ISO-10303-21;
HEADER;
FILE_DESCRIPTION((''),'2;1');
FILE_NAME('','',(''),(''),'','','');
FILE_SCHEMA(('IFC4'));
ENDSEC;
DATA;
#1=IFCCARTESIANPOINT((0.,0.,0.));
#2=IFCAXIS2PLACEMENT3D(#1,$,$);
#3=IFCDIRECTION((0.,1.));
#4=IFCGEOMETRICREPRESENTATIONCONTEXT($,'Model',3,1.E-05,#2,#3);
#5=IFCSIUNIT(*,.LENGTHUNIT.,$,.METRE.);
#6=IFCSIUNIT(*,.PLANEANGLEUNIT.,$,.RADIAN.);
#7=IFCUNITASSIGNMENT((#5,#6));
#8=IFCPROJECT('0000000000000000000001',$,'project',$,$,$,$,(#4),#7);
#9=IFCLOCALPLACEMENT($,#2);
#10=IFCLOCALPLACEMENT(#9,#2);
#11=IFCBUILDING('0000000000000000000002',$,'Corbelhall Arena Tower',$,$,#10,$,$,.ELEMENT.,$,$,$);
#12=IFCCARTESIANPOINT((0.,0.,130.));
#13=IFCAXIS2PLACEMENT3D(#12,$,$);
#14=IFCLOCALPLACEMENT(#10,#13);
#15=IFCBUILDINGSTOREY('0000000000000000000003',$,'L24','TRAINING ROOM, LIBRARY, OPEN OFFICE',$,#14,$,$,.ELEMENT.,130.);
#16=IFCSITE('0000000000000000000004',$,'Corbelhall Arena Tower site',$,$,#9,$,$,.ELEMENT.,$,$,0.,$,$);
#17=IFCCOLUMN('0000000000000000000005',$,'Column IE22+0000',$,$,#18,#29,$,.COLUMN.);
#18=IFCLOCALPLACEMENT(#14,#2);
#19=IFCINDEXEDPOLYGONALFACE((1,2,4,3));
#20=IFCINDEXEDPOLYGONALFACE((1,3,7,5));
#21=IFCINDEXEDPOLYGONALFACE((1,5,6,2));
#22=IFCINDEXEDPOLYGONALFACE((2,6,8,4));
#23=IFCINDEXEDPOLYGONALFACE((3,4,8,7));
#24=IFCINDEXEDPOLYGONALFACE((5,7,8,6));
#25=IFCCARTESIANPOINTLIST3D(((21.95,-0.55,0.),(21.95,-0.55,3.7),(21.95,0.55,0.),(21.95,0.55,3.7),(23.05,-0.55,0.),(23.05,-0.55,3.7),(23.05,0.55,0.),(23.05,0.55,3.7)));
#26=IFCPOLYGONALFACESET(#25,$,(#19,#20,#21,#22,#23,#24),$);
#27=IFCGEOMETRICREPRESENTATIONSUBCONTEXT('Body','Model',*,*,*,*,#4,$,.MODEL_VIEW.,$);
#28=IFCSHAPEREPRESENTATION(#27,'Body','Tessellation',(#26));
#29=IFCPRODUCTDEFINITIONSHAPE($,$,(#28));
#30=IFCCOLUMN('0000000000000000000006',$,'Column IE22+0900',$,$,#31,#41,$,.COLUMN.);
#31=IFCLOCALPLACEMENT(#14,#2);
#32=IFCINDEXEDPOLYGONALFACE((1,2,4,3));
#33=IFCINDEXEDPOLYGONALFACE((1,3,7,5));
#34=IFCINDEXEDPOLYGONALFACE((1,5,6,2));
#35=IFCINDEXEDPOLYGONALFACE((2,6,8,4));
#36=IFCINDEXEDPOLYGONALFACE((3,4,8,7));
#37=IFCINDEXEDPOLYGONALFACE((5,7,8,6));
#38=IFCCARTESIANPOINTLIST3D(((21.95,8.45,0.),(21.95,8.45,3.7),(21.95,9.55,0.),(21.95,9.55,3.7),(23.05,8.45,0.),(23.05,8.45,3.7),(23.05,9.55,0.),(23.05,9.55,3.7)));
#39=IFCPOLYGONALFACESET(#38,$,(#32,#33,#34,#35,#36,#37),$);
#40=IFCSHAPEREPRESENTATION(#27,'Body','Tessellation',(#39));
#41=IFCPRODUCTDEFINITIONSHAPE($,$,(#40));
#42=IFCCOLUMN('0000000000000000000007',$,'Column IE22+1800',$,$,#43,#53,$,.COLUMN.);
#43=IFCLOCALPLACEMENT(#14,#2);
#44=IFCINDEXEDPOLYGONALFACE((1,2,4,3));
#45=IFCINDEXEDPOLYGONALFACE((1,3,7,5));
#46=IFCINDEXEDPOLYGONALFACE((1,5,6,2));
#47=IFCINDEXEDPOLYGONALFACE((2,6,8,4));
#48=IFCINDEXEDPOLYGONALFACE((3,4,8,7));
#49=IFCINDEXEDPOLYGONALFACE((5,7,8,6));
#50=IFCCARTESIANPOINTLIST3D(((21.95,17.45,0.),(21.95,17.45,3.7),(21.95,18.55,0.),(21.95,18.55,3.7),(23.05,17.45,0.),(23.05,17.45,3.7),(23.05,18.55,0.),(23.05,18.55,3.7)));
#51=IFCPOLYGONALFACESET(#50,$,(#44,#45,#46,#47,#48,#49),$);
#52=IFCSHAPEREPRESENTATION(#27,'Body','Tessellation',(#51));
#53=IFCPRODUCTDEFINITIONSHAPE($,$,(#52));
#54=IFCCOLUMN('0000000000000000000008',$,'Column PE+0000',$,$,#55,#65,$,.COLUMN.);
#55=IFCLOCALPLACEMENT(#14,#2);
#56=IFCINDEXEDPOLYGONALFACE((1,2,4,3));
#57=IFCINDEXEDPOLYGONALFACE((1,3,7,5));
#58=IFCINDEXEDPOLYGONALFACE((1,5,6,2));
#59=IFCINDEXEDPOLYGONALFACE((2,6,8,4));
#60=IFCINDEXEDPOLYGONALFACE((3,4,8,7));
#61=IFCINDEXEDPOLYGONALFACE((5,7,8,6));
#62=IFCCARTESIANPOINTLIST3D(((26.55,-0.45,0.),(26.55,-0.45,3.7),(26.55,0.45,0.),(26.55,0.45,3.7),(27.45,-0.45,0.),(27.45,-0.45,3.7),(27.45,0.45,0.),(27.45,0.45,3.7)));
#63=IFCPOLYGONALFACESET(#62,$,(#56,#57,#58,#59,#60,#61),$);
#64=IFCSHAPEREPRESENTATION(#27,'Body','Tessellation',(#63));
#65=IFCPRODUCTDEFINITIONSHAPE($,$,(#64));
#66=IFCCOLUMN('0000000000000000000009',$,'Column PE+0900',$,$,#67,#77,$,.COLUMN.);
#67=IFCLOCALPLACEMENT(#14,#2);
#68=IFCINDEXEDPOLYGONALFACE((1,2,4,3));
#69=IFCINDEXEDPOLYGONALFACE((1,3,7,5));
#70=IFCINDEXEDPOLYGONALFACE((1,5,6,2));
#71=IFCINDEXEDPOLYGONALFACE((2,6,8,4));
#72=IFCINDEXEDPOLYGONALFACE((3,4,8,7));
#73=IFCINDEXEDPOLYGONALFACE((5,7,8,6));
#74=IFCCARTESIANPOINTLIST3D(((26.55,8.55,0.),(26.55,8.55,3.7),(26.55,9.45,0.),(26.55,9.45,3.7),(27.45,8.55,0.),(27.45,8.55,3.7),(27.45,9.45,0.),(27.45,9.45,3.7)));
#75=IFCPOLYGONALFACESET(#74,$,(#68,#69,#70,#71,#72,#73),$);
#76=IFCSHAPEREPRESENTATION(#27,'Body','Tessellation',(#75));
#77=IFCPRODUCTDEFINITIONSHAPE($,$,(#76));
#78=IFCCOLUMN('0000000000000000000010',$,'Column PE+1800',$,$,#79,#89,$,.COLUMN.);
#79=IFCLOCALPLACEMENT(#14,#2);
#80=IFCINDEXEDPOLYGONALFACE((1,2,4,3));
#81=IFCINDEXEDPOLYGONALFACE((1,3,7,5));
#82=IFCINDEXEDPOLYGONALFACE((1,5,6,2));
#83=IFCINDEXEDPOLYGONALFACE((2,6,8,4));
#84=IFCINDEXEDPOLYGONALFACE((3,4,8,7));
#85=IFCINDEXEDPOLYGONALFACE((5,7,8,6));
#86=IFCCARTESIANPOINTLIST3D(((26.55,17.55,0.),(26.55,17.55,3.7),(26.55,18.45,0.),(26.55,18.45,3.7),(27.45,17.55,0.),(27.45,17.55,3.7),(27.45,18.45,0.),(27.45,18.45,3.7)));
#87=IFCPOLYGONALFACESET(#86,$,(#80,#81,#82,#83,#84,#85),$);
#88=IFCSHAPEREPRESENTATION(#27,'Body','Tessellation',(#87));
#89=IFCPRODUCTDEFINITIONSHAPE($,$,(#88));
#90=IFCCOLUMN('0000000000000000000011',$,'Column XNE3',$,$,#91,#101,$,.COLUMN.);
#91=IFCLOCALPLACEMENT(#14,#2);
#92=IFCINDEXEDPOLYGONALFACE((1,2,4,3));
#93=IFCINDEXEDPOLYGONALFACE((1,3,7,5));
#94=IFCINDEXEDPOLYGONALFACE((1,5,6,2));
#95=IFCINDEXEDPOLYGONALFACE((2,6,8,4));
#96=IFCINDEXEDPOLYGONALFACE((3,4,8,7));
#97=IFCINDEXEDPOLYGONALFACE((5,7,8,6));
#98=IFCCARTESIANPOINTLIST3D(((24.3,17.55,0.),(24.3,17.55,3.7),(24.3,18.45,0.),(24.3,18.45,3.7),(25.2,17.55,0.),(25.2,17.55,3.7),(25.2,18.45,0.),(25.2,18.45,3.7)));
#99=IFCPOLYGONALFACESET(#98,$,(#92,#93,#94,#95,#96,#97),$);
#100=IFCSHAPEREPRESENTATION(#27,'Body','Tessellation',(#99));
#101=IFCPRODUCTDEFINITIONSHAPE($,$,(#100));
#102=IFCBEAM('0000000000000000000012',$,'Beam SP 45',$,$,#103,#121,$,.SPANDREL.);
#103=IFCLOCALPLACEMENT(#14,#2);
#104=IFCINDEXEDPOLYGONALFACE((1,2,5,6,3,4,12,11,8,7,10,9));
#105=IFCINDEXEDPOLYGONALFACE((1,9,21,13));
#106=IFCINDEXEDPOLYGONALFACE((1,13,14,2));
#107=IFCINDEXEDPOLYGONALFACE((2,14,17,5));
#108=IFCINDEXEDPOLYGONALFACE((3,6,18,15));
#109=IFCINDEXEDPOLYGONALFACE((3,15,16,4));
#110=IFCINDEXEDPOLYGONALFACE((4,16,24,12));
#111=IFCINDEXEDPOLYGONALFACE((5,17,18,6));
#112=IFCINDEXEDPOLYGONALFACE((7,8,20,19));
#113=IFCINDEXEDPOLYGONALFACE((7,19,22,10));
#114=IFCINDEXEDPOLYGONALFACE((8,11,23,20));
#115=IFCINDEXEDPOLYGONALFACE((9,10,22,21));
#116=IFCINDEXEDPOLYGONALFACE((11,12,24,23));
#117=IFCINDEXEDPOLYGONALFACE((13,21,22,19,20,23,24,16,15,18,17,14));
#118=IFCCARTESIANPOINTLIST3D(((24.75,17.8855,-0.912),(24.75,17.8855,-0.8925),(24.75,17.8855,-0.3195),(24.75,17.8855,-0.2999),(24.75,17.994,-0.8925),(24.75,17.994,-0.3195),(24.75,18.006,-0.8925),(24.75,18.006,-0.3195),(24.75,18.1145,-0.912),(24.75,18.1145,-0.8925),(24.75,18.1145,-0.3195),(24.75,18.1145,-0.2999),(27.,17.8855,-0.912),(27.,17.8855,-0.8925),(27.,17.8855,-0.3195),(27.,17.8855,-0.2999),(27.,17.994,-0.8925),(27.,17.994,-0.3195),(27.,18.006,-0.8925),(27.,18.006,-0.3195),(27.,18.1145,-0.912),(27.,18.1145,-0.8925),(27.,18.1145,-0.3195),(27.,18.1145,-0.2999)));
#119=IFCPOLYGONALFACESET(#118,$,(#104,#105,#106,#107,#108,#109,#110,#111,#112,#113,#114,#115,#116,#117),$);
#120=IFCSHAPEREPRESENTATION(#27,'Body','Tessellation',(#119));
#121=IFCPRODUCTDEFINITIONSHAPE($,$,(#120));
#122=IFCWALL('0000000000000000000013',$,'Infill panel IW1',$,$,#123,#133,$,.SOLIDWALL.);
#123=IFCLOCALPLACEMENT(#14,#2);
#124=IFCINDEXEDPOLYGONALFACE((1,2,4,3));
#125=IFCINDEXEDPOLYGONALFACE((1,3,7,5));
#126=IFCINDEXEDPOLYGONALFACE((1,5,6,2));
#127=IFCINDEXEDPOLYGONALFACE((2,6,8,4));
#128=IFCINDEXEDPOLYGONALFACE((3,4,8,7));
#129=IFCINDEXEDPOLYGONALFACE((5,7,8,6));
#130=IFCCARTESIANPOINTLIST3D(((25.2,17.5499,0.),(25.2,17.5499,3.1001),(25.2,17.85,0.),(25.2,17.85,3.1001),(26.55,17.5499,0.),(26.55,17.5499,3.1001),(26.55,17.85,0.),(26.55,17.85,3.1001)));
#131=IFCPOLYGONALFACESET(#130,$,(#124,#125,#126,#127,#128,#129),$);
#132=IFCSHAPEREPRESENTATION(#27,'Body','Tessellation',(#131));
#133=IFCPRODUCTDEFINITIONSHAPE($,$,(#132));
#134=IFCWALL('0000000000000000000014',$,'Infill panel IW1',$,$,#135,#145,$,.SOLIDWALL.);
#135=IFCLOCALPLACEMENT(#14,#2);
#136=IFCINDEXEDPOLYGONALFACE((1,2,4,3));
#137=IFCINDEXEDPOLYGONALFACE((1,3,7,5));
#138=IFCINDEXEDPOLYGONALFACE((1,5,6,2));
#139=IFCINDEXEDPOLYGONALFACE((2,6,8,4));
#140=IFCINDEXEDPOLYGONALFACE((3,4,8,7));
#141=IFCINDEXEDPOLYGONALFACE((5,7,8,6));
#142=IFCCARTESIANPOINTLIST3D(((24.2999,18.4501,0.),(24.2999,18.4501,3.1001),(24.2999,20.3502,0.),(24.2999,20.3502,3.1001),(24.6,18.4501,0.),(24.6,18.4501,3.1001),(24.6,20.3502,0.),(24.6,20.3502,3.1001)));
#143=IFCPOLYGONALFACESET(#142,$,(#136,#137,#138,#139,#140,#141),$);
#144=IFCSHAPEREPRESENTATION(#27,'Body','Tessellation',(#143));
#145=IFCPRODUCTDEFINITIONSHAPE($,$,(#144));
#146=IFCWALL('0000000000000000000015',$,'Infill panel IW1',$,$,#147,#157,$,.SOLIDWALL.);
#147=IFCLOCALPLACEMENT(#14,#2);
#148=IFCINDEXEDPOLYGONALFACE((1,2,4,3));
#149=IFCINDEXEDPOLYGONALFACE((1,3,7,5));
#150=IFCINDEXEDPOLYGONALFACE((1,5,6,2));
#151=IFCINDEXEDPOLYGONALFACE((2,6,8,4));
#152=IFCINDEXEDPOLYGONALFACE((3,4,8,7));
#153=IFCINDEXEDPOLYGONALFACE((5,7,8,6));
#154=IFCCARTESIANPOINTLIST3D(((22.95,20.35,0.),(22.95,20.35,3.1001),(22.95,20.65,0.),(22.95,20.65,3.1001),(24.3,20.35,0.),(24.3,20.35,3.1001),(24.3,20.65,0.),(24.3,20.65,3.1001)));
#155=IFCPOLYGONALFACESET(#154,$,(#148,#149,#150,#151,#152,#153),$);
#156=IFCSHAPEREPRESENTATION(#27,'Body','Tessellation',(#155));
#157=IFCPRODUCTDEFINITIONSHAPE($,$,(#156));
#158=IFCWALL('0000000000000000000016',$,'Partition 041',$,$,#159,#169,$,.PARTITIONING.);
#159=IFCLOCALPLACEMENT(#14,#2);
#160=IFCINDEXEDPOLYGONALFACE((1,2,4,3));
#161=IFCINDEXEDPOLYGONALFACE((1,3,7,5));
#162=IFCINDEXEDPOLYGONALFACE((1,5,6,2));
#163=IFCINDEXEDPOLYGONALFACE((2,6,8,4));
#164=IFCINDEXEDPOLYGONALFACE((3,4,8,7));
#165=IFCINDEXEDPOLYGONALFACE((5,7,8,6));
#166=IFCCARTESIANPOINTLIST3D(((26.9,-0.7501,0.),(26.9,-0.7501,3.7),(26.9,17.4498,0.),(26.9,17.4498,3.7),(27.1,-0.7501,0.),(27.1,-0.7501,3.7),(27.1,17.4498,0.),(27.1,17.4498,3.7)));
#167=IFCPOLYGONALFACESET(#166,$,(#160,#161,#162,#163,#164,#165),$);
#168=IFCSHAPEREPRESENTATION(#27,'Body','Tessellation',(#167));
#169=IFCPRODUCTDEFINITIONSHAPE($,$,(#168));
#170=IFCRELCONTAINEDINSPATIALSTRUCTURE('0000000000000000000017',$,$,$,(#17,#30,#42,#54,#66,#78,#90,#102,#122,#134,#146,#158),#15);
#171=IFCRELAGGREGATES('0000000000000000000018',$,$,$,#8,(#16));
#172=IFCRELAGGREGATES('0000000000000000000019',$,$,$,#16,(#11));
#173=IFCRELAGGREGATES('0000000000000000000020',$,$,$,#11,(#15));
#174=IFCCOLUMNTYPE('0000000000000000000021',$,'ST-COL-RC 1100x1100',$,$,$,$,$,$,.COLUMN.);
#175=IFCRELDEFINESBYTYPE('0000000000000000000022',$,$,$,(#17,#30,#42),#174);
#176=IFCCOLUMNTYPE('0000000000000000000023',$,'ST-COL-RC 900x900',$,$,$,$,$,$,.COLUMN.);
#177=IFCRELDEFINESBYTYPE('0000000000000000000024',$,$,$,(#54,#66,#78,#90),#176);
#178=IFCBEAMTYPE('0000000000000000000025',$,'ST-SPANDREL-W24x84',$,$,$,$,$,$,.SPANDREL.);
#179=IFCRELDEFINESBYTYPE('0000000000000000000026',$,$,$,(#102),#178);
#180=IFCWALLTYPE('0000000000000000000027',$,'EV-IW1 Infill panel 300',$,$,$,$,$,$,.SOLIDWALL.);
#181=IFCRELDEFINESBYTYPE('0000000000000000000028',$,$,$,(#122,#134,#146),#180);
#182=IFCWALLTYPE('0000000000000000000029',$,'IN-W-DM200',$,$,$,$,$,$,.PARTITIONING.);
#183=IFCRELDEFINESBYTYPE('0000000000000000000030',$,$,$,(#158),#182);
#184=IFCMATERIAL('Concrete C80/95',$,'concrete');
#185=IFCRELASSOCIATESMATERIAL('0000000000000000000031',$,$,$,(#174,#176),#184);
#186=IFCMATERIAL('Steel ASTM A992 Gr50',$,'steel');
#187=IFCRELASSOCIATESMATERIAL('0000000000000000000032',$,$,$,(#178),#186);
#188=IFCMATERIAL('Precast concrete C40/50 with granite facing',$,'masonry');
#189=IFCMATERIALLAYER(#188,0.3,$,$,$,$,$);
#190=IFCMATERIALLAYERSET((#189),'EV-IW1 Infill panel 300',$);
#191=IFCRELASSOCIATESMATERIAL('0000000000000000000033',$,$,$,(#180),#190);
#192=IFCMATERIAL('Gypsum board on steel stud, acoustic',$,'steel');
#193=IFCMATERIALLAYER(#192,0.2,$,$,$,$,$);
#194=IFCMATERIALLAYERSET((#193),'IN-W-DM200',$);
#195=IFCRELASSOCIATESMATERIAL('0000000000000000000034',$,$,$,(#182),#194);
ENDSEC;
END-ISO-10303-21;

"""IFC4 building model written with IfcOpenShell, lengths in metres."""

from ifc_helpers import new_model, si_unit, direction, frame, frame_2d, origin, origin_2d, place, context, subcontext, project, spatial, rectangle, i_section, extrude, material, layer, layer_set, material_profile, profile_set, type_object, element, save


model = new_model("IFC4")

# Units and contexts
model_context = context("Model", 3, precision=1e-05, world=origin(), true_north=direction((0.0, 1.0)))
body_context = subcontext(model_context, "Body", "Model", "MODEL_VIEW")
ifc_project = project(units=[si_unit("LENGTHUNIT", "METRE"), si_unit("PLANEANGLEUNIT", "RADIAN")], contexts=[model_context])

# Site, building, storey
site_placement = place(None, origin())
site = spatial("IfcSite", under=ifc_project, at=site_placement, Name="Corbelhall Arena Tower site", CompositionType="ELEMENT", RefElevation=0.0)
building_placement = place(site_placement, origin())
building = spatial("IfcBuilding", under=site, at=building_placement, Name="Corbelhall Arena Tower", CompositionType="ELEMENT")
storey_placement = place(building_placement, frame((0.0, 0.0, 130.0)))
storey = spatial("IfcBuildingStorey", under=building, at=storey_placement, Name="L24", Description="TRAINING ROOM, LIBRARY, OPEN OFFICE", CompositionType="ELEMENT", Elevation=130.0)

# Columns
ifc_material_1 = material(Name="Concrete C80/95", Category="concrete")
ifc_material_profile_1 = material_profile(ifc_material_1, rectangle(XDim=1.1001, YDim=1.1001, at=origin_2d()))
ifc_profile_set_1 = profile_set([ifc_material_profile_1], Name="Concrete C80/95")
column_type_1 = type_object("IfcColumnType", Name="ST-COL-RC 1100x1100", PredefinedType="COLUMN", material=ifc_profile_set_1)
for number, where, z_axis, x_axis, name in (
    (1, (22.5, 0.0, 0.0), (0.0, 0.0, 1.0), (1.0, 0.0, 0.0), "Column IE22+0000"),
    (2, (22.5, 9.0, 0.0), (0.0, 0.0, 1.0), (1.0, 0.0, 0.0), "Column IE22+0900"),
    (3, (22.5, 18.0, 0.0), (0.0, 0.0, 1.0), (1.0, 0.0, 0.0), "Column IE22+1800"),
):
    element("IfcColumn", number, at=place(storey_placement, frame(where, z_axis=z_axis, x_axis=x_axis)), inside=storey, type_object=column_type_1, Name=name, PredefinedType="COLUMN", context=body_context, shape_type="SweptSolid", body=[
        extrude(rectangle(XDim=1.1001, YDim=1.1001, at=origin_2d()), origin(), (0.0, 0.0, 1.0), 3.7),
    ])
ifc_material_profile_2 = material_profile(ifc_material_1, rectangle(XDim=0.8999, YDim=0.8999, at=origin_2d()))
ifc_profile_set_2 = profile_set([ifc_material_profile_2], Name="Concrete C80/95")
column_type_2 = type_object("IfcColumnType", Name="ST-COL-RC 900x900", PredefinedType="COLUMN", material=ifc_profile_set_2)
for number, where, z_axis, x_axis, name in (
    (4, (27.0, 0.0, 0.0), (0.0, 0.0, 1.0), (1.0, 0.0, 0.0), "Column PE+0000"),
    (5, (27.0, 9.0, 0.0), (0.0, 0.0, 1.0), (1.0, 0.0, 0.0), "Column PE+0900"),
    (6, (27.0, 18.0, 0.0), (0.0, 0.0, 1.0), (1.0, 0.0, 0.0), "Column PE+1800"),
    (7, (24.75, 18.0, 0.0), (0.0, 0.0, 1.0), (1.0, 0.0, 0.0), "Column XNE3"),
):
    element("IfcColumn", number, at=place(storey_placement, frame(where, z_axis=z_axis, x_axis=x_axis)), inside=storey, type_object=column_type_2, Name=name, PredefinedType="COLUMN", context=body_context, shape_type="SweptSolid", body=[
        extrude(rectangle(XDim=0.8999, YDim=0.8999, at=origin_2d()), origin(), (0.0, 0.0, 1.0), 3.7),
    ])

# Beam
ifc_material_2 = material(Name="Steel ASTM A992 Gr50", Category="steel")
ifc_material_profile_3 = material_profile(ifc_material_2, i_section(OverallWidth=0.229, OverallDepth=0.6121, WebThickness=0.012, FlangeThickness=0.0195, at=origin_2d()))
ifc_profile_set_3 = profile_set([ifc_material_profile_3], Name="Steel ASTM A992 Gr50")
beam_type = type_object("IfcBeamType", Name="ST-SPANDREL-W24x84", PredefinedType="SPANDREL", material=ifc_profile_set_3)
beam_placement = place(storey_placement, frame((24.75, 18.0, -0.606), z_axis=(1.0, 0.0, 0.0), x_axis=(0.0, 1.0, 0.0)))
element("IfcBeam", 8, at=beam_placement, inside=storey, type_object=beam_type, Name="Beam SP 45", PredefinedType="SPANDREL", context=body_context, shape_type="SweptSolid", body=[
    extrude(i_section(OverallWidth=0.229, OverallDepth=0.6121, WebThickness=0.012, FlangeThickness=0.0195, at=origin_2d()), origin(), (0.0, 0.0, 1.0), 2.25),
])

# Walls
ifc_material_3 = material(Name="Precast concrete C40/50 with granite facing", Category="masonry")
ifc_layer_1 = layer(ifc_material_3, 0.3)
ifc_layer_set_1 = layer_set([ifc_layer_1], Name="EV-IW1 Infill panel 300")
wall_type_1 = type_object("IfcWallType", Name="EV-IW1 Infill panel 300", PredefinedType="SOLIDWALL", material=ifc_layer_set_1)
wall_1_placement = place(storey_placement, frame((26.55, 17.7, 0.0), z_axis=(0.0, 0.0, 1.0), x_axis=(-1.0, 0.0, 0.0)))
element("IfcWall", 9, at=wall_1_placement, inside=storey, type_object=wall_type_1, Name="Infill panel IW1", PredefinedType="SOLIDWALL", context=body_context, shape_type="SweptSolid", body=[
    extrude(rectangle(XDim=1.3501, YDim=0.3, at=frame_2d((0.675, 0.0))), origin(), (0.0, 0.0, 1.0), 3.1001),
])
wall_2_placement = place(storey_placement, frame((24.45, 18.45, 0.0), z_axis=(0.0, 0.0, 1.0), x_axis=(0.0, 1.0, 0.0)))
element("IfcWall", 10, at=wall_2_placement, inside=storey, type_object=wall_type_1, Name="Infill panel IW1", PredefinedType="SOLIDWALL", context=body_context, shape_type="SweptSolid", body=[
    extrude(rectangle(XDim=1.9001, YDim=0.3, at=frame_2d((0.9502, 0.0))), origin(), (0.0, 0.0, 1.0), 3.1001),
])
wall_3_placement = place(storey_placement, frame((24.3, 20.5, 0.0), z_axis=(0.0, 0.0, 1.0), x_axis=(-1.0, 0.0, 0.0)))
element("IfcWall", 11, at=wall_3_placement, inside=storey, type_object=wall_type_1, Name="Infill panel IW1", PredefinedType="SOLIDWALL", context=body_context, shape_type="SweptSolid", body=[
    extrude(rectangle(XDim=1.3501, YDim=0.3, at=frame_2d((0.675, 0.0))), origin(), (0.0, 0.0, 1.0), 3.1001),
])

# Shared definitions
ifc_material_4 = material(Name="Gypsum board on steel stud, acoustic", Category="steel")
ifc_layer_2 = layer(ifc_material_4, 0.2)
ifc_layer_set_2 = layer_set([ifc_layer_2], Name="IN-W-DM200")
wall_type_2 = type_object("IfcWallType", Name="IN-W-DM200", PredefinedType="PARTITIONING", material=ifc_layer_set_2)

# Wall
wall_4_placement = place(storey_placement, frame((27.0, 17.45, 0.0), z_axis=(0.0, 0.0, 1.0), x_axis=(0.0, -1.0, 0.0)))
element("IfcWall", 12, at=wall_4_placement, inside=storey, type_object=wall_type_2, Name="Partition 041", PredefinedType="PARTITIONING", context=body_context, shape_type="SweptSolid", body=[
    extrude(rectangle(XDim=18.2, YDim=0.2, at=frame_2d((9.1001, 0.0))), origin(), (0.0, 0.0, 1.0), 3.7),
])

save(model, "model.ifc")
